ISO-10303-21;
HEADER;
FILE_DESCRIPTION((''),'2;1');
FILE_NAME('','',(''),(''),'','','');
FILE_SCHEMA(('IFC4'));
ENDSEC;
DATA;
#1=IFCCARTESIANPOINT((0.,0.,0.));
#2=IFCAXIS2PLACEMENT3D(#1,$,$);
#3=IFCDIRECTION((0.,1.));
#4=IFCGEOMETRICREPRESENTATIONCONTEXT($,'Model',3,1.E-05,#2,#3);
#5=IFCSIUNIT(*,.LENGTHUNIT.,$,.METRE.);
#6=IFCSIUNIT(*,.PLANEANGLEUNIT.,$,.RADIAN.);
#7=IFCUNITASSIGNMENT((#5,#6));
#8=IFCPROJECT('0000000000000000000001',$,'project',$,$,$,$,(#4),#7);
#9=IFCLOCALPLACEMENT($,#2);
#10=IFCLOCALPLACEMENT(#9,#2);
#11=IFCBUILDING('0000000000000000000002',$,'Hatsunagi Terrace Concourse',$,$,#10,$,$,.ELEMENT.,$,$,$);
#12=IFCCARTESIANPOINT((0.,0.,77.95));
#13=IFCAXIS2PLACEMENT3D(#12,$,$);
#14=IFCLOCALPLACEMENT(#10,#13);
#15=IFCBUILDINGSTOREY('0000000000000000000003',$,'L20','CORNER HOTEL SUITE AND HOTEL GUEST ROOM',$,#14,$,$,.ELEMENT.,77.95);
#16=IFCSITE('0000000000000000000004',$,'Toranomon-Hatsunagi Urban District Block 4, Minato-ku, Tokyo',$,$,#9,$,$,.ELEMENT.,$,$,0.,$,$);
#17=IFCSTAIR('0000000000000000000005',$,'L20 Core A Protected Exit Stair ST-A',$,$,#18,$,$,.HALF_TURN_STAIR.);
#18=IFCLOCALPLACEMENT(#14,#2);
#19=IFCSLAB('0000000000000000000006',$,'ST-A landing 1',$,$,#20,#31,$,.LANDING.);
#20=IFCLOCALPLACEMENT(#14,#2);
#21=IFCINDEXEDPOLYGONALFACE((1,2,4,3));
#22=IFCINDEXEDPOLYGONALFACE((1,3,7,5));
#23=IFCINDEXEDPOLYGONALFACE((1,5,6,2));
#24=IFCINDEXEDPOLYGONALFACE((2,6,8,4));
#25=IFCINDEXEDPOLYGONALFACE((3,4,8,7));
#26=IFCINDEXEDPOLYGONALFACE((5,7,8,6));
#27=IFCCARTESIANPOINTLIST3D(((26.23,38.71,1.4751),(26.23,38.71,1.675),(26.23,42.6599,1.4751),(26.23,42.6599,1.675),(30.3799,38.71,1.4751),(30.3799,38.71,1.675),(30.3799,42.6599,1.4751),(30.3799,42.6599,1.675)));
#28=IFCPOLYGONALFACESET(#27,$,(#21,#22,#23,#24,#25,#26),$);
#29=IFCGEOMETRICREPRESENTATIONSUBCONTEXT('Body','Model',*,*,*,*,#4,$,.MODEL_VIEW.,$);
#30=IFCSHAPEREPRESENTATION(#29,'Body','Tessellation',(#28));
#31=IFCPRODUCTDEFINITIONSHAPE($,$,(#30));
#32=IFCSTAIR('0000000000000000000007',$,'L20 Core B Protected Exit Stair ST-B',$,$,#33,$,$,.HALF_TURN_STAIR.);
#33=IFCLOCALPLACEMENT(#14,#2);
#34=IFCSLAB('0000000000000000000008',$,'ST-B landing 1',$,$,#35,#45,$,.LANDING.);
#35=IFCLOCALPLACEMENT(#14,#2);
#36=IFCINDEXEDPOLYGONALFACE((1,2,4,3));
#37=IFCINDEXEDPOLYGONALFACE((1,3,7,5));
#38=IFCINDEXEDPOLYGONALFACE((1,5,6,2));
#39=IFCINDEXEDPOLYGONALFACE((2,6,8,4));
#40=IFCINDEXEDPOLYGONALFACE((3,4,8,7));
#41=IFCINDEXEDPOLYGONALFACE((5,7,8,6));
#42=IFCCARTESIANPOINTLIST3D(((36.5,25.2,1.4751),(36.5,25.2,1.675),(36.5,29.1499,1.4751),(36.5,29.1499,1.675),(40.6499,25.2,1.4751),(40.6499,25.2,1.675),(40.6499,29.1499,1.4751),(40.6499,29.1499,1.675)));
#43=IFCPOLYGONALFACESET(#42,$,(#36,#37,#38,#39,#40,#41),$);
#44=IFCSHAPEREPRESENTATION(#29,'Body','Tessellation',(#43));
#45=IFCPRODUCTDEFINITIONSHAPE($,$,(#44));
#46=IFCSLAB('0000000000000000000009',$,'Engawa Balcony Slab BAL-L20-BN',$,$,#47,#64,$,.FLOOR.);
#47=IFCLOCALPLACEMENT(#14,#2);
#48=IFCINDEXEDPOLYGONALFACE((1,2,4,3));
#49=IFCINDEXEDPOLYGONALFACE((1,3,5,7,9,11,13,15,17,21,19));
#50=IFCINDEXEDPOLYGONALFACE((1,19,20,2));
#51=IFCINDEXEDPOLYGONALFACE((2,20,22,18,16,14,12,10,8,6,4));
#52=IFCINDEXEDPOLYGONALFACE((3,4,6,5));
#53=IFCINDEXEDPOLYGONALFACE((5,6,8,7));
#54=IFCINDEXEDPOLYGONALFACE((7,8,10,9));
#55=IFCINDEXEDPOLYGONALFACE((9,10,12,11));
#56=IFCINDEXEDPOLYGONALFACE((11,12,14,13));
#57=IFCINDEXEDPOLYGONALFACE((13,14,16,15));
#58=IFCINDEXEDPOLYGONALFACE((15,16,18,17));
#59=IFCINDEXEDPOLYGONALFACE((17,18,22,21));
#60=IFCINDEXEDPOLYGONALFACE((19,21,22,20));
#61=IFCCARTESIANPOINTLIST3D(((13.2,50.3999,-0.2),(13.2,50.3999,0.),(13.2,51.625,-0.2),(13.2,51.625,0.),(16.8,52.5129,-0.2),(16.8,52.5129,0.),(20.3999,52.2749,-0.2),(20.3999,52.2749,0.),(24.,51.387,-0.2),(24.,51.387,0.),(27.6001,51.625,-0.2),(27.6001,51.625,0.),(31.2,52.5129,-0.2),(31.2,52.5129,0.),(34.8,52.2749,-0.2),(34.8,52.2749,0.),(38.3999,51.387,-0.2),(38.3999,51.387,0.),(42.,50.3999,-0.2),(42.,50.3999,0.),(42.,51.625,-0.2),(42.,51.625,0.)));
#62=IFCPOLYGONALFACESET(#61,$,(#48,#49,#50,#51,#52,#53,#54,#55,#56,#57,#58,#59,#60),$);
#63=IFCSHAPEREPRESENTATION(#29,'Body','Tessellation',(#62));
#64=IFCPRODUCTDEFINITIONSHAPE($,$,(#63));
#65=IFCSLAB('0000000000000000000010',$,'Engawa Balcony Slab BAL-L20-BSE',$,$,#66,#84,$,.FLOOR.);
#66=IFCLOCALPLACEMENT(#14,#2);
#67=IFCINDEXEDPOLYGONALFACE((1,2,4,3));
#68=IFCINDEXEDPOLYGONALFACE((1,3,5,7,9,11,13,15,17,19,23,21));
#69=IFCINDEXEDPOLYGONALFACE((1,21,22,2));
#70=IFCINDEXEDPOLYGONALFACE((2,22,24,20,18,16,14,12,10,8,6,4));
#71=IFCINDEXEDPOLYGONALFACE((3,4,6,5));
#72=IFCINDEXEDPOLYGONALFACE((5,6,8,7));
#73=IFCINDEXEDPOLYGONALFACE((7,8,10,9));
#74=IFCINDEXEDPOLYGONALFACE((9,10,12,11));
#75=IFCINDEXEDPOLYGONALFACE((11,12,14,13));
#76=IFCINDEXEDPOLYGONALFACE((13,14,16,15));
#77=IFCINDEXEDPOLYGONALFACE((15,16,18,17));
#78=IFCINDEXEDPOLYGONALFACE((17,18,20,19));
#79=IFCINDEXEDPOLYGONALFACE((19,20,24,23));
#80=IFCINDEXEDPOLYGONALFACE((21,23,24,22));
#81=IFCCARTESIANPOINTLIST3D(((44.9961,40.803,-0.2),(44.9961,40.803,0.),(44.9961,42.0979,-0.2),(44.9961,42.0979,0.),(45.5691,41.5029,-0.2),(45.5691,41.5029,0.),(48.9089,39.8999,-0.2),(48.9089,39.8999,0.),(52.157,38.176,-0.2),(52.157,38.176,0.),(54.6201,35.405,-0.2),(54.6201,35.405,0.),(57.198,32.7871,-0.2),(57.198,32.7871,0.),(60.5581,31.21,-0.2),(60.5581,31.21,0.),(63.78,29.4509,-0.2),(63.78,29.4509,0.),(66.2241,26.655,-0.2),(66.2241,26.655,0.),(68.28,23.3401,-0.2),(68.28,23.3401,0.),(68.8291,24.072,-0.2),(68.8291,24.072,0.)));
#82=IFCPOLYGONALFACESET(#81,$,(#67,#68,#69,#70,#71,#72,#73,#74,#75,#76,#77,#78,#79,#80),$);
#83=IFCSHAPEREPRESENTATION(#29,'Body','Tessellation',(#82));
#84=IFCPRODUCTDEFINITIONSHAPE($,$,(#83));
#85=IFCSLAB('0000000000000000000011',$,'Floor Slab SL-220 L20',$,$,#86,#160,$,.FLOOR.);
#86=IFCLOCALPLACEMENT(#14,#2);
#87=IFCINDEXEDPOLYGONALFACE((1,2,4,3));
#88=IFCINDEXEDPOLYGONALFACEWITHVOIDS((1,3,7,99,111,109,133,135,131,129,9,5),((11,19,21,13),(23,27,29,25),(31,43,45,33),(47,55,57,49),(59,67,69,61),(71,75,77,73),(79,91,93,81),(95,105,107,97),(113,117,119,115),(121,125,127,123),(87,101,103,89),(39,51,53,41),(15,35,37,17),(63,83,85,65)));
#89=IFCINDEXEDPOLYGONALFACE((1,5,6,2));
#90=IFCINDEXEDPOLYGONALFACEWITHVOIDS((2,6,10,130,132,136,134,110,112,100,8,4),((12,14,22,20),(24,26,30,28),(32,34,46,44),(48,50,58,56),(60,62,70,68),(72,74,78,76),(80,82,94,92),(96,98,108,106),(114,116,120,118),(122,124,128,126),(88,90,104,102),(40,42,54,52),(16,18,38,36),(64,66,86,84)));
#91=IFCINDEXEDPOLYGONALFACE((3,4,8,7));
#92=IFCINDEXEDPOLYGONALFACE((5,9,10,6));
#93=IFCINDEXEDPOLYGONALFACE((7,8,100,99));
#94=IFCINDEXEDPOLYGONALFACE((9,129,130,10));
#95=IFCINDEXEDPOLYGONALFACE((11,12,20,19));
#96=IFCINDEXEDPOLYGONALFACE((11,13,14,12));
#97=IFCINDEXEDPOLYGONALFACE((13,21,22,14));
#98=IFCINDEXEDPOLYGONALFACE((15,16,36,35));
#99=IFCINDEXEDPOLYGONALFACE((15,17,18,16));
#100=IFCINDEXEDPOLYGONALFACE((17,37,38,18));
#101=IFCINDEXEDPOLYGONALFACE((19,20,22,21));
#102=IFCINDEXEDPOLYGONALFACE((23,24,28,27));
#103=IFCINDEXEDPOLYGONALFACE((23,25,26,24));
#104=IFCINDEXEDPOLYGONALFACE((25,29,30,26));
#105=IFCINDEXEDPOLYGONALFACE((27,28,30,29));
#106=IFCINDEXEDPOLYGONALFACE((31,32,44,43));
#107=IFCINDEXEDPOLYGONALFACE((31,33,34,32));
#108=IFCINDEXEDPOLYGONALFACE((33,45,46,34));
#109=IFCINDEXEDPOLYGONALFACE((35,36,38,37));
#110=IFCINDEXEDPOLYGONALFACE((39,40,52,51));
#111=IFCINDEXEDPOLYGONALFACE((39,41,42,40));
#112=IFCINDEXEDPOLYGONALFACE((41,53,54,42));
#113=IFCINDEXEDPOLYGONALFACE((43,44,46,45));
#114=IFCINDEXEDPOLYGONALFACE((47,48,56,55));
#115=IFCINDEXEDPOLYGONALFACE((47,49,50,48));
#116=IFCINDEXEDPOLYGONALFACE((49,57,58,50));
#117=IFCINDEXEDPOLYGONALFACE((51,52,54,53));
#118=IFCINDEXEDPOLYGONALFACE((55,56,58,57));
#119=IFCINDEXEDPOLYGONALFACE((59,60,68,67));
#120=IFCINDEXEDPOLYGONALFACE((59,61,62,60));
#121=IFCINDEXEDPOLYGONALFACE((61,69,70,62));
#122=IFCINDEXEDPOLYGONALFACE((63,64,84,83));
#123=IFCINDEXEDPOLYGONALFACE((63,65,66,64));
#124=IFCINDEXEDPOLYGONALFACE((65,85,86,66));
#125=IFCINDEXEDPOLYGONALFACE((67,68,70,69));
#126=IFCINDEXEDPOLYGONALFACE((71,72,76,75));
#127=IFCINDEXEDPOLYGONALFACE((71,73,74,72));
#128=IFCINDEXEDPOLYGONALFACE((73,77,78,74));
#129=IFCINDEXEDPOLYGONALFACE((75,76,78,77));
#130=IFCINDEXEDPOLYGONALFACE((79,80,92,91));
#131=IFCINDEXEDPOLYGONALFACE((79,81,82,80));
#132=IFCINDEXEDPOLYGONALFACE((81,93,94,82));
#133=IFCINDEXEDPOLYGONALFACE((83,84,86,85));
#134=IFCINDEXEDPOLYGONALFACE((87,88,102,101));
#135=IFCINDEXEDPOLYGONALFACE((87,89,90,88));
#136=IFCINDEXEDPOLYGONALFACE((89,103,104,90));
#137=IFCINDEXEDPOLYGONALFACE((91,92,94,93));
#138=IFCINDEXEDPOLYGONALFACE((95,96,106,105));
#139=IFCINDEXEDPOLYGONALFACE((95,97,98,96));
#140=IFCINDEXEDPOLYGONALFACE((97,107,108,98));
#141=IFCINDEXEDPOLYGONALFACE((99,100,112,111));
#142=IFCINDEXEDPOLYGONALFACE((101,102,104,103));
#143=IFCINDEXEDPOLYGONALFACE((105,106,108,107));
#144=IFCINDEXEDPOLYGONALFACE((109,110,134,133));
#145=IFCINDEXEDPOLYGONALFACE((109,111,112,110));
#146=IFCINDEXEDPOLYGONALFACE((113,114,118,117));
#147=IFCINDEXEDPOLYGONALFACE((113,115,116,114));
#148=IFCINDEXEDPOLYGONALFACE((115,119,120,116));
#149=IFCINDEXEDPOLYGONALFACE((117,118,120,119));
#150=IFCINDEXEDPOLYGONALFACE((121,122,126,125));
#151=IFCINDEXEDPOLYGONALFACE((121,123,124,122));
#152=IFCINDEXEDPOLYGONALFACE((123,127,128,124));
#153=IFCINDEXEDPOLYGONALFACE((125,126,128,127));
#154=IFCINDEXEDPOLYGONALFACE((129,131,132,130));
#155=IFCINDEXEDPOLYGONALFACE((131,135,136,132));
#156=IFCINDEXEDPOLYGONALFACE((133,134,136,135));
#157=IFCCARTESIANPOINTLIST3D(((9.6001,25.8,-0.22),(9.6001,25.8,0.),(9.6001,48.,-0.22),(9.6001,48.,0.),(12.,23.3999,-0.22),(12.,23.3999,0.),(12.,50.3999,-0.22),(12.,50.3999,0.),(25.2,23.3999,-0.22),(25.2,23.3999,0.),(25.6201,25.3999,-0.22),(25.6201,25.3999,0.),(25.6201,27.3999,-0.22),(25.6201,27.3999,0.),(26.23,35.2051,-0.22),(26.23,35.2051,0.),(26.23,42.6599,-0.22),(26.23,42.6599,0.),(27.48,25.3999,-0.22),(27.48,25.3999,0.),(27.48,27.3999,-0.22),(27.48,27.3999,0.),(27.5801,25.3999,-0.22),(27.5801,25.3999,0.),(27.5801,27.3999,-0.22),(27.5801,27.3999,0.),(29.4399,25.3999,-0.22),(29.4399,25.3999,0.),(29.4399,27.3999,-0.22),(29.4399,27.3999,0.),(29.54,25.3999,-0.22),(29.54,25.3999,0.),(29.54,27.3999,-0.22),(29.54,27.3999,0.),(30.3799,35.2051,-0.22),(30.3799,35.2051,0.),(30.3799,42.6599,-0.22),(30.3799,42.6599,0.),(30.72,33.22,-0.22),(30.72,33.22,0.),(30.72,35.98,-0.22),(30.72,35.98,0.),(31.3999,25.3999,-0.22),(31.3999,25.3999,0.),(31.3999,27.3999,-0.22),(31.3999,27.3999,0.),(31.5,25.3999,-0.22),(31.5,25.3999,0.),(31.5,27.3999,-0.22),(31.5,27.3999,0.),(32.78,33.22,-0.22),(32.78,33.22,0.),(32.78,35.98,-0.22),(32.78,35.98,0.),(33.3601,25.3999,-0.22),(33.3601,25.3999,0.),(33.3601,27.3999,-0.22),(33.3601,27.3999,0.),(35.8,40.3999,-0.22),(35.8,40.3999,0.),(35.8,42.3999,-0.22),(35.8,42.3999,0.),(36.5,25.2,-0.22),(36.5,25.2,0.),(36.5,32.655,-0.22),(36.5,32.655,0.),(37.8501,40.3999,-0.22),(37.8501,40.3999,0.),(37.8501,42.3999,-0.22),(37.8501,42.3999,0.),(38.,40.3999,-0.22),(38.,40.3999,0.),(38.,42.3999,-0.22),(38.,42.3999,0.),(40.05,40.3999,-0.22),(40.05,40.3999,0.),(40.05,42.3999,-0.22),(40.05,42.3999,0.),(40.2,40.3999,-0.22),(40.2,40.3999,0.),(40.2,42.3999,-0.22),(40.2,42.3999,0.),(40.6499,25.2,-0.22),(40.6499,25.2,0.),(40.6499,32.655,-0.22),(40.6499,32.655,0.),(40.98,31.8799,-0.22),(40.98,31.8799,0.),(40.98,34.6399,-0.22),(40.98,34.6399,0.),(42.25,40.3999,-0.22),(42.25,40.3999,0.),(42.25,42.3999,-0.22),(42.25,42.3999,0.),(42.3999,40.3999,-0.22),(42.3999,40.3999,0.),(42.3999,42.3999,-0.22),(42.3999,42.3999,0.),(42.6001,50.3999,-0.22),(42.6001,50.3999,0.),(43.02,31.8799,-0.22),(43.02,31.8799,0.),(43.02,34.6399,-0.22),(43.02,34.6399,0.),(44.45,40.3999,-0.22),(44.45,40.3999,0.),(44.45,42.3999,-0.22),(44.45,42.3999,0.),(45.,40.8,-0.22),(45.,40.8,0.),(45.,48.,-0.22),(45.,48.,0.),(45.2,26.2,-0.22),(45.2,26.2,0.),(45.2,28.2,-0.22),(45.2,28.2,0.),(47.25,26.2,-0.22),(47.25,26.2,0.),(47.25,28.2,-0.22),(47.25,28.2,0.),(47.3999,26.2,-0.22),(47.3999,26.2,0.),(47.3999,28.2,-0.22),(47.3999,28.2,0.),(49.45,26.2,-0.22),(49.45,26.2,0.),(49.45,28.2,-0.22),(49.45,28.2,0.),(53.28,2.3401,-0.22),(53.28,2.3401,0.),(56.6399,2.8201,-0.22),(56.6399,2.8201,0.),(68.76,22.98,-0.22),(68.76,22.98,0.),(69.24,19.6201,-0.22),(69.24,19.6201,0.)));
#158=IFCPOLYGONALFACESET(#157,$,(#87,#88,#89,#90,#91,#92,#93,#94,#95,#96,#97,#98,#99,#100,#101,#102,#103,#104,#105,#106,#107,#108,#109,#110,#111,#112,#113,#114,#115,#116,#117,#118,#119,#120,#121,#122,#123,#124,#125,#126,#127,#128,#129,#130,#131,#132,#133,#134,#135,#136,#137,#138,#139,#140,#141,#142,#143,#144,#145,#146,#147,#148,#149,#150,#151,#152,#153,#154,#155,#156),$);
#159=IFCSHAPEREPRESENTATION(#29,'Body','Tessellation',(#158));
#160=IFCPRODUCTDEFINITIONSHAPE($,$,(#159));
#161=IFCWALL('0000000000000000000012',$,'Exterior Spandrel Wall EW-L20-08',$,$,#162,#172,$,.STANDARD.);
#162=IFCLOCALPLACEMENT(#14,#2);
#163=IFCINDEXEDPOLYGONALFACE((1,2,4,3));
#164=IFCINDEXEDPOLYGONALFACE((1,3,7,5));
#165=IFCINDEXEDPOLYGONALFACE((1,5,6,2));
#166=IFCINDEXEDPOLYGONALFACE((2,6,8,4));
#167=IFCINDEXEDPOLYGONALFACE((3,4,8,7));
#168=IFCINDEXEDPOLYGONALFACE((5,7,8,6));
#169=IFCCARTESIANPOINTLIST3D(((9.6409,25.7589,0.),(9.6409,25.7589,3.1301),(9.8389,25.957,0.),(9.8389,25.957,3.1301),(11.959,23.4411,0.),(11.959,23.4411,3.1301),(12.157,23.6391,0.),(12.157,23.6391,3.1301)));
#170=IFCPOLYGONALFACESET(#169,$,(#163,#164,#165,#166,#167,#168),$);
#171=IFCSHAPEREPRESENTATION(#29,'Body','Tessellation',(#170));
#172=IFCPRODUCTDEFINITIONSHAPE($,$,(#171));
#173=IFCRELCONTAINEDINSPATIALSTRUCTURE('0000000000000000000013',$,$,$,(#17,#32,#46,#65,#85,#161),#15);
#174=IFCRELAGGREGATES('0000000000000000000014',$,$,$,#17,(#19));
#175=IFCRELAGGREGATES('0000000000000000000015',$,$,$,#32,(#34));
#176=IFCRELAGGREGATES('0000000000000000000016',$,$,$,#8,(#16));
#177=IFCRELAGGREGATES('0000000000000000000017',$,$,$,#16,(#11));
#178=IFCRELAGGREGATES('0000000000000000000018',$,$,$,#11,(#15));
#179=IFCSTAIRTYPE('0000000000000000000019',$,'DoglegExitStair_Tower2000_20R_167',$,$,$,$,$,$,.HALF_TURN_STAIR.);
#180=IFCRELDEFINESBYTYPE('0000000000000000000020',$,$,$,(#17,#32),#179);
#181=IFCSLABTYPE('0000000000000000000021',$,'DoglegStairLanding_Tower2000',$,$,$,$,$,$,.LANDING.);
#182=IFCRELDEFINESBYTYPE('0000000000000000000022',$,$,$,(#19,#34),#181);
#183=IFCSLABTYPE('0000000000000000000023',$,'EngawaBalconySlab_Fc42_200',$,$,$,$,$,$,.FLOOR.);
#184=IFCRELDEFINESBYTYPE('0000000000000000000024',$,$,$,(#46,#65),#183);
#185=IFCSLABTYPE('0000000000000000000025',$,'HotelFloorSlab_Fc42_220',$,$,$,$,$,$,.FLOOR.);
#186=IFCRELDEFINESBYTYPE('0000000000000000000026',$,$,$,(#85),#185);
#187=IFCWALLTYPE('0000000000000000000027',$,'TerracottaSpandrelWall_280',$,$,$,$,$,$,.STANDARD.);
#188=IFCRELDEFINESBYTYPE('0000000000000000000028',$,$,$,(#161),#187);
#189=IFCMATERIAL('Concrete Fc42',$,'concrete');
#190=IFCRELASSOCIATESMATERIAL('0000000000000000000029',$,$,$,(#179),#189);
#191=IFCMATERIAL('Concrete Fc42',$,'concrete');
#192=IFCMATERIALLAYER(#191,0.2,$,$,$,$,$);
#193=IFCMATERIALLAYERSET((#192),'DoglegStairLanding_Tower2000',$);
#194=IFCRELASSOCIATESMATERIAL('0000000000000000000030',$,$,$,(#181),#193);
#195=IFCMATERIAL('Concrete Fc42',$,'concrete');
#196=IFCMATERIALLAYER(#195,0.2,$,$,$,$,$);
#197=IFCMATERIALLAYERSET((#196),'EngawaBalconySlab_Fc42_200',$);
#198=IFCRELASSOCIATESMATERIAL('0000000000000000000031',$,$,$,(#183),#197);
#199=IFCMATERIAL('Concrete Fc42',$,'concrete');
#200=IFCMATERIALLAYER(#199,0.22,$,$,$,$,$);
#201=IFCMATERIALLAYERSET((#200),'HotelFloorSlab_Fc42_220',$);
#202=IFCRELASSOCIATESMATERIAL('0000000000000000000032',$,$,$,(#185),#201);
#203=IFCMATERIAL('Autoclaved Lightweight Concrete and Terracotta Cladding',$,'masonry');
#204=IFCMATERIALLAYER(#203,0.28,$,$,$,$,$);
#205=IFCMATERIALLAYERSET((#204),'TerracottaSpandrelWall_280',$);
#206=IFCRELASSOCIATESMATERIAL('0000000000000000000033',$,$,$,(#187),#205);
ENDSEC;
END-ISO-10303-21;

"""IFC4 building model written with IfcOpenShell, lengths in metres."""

from ifc_helpers import new_model, si_unit, direction, frame, frame_2d, origin, place, context, subcontext, project, spatial, polyline, rectangle, outline, extrude, material, layer, layer_set, type_object, element, aggregate, save


model = new_model("IFC4")

# Units and contexts
model_context = context("Model", 3, precision=1e-05, world=origin(), true_north=direction((0.0, 1.0)))
body_context = subcontext(model_context, "Body", "Model", "MODEL_VIEW")
ifc_project = project(units=[si_unit("LENGTHUNIT", "METRE"), si_unit("PLANEANGLEUNIT", "RADIAN")], contexts=[model_context])

# Site, building, storey
site_placement = place(None, origin())
site = spatial("IfcSite", under=ifc_project, at=site_placement, Name="Toranomon-Hatsunagi Urban District Block 4, Minato-ku, Tokyo", CompositionType="ELEMENT", RefElevation=0.0)
building_placement = place(site_placement, origin())
building = spatial("IfcBuilding", under=site, at=building_placement, Name="Hatsunagi Terrace Concourse", CompositionType="ELEMENT")
storey_placement = place(building_placement, frame((0.0, 0.0, 77.95)))
storey = spatial("IfcBuildingStorey", under=building, at=storey_placement, Name="L20", Description="CORNER HOTEL SUITE AND HOTEL GUEST ROOM", CompositionType="ELEMENT", Elevation=77.95)

# Stairs, slabs
ifc_material_1 = material(Name="Concrete Fc42", Category="concrete")
stair_type = type_object("IfcStairType", Name="DoglegExitStair_Tower2000_20R_167", PredefinedType="HALF_TURN_STAIR", material=ifc_material_1)
stair_1_placement = place(storey_placement, origin())
stair_1 = element("IfcStair", 1, at=stair_1_placement, inside=storey, type_object=stair_type, Name="L20 Core A Protected Exit Stair ST-A", PredefinedType="HALF_TURN_STAIR")
ifc_material_2 = material(Name="Concrete Fc42", Category="concrete")
ifc_layer_1 = layer(ifc_material_2, 0.2)
ifc_layer_set_1 = layer_set([ifc_layer_1], Name="DoglegStairLanding_Tower2000")
slab_type_1 = type_object("IfcSlabType", Name="DoglegStairLanding_Tower2000", PredefinedType="LANDING", material=ifc_layer_set_1)
slab_1_placement = place(storey_placement, frame((0.0, 0.0, 1.4751)))
slab_1 = element("IfcSlab", 2, at=slab_1_placement, type_object=slab_type_1, Name="ST-A landing 1", PredefinedType="LANDING", context=body_context, shape_type="SweptSolid", body=[
    extrude(outline(polyline([(30.3799, 38.71), (30.3799, 42.6599), (26.23, 42.6599), (26.23, 38.71), (30.3799, 38.71)])), origin(), (0.0, 0.0, 1.0), 0.2),
])
aggregate(stair_1, [slab_1])
stair_2_placement = place(storey_placement, origin())
stair_2 = element("IfcStair", 3, at=stair_2_placement, inside=storey, type_object=stair_type, Name="L20 Core B Protected Exit Stair ST-B", PredefinedType="HALF_TURN_STAIR")
slab_2_placement = place(storey_placement, frame((0.0, 0.0, 1.4751)))
slab_2 = element("IfcSlab", 4, at=slab_2_placement, type_object=slab_type_1, Name="ST-B landing 1", PredefinedType="LANDING", context=body_context, shape_type="SweptSolid", body=[
    extrude(outline(polyline([(36.5, 29.1499), (36.5, 25.2), (40.6499, 25.2), (40.6499, 29.1499), (36.5, 29.1499)])), origin(), (0.0, 0.0, 1.0), 0.2),
])
aggregate(stair_2, [slab_2])

# Slabs
ifc_material_3 = material(Name="Concrete Fc42", Category="concrete")
ifc_layer_2 = layer(ifc_material_3, 0.2)
ifc_layer_set_2 = layer_set([ifc_layer_2], Name="EngawaBalconySlab_Fc42_200")
slab_type_2 = type_object("IfcSlabType", Name="EngawaBalconySlab_Fc42_200", PredefinedType="FLOOR", material=ifc_layer_set_2)
slab_3_placement = place(storey_placement, frame((0.0, 0.0, -0.2)))
element("IfcSlab", 5, at=slab_3_placement, inside=storey, type_object=slab_type_2, Name="Engawa Balcony Slab BAL-L20-BN", PredefinedType="FLOOR", context=body_context, shape_type="SweptSolid", body=[
    extrude(outline(polyline([(13.2, 51.625), (13.2, 50.3999), (42.0, 50.3999), (42.0, 51.625), (38.3999, 51.387), (34.8, 52.2749), (31.2, 52.5129), (27.6001, 51.625), (24.0, 51.387), (20.3999, 52.2749), (16.8, 52.5129), (13.2, 51.625)])), origin(), (0.0, 0.0, 1.0), 0.2),
])
slab_4_placement = place(storey_placement, frame((0.0, 0.0, -0.2)))
element("IfcSlab", 6, at=slab_4_placement, inside=storey, type_object=slab_type_2, Name="Engawa Balcony Slab BAL-L20-BSE", PredefinedType="FLOOR", context=body_context, shape_type="SweptSolid", body=[
    extrude(outline(polyline([(45.5691, 41.5029), (44.9961, 42.0979), (44.9961, 40.803), (68.28, 23.3401), (68.8291, 24.072), (66.2241, 26.655), (63.78, 29.4509), (60.5581, 31.21), (57.198, 32.7871), (54.6201, 35.405), (52.157, 38.176), (48.9089, 39.8999), (45.5691, 41.5029)])), origin(), (0.0, 0.0, 1.0), 0.2),
])
ifc_material_4 = material(Name="Concrete Fc42", Category="concrete")
ifc_layer_3 = layer(ifc_material_4, 0.22)
ifc_layer_set_3 = layer_set([ifc_layer_3], Name="HotelFloorSlab_Fc42_220")
slab_type_3 = type_object("IfcSlabType", Name="HotelFloorSlab_Fc42_220", PredefinedType="FLOOR", material=ifc_layer_set_3)
slab_5_placement = place(storey_placement, frame((0.0, 0.0, -0.22)))
element("IfcSlab", 7, at=slab_5_placement, inside=storey, type_object=slab_type_3, Name="Floor Slab SL-220 L20", PredefinedType="FLOOR", context=body_context, shape_type="SweptSolid", body=[
    extrude(outline(polyline([(45.0, 40.8), (45.0, 48.0), (42.6001, 50.3999), (12.0, 50.3999), (9.6001, 48.0), (9.6001, 25.8), (12.0, 23.3999), (25.2, 23.3999), (53.28, 2.3401), (56.6399, 2.8201), (69.24, 19.6201), (68.76, 22.98), (45.0, 40.8)]), holes=[polyline([(26.23, 35.2051), (30.3799, 35.2051), (30.3799, 42.6599), (26.23, 42.6599), (26.23, 35.2051)]), polyline([(36.5, 25.2), (40.6499, 25.2), (40.6499, 32.655), (36.5, 32.655), (36.5, 25.2)]), polyline([(30.72, 33.22), (32.78, 33.22), (32.78, 35.98), (30.72, 35.98), (30.72, 33.22)]), polyline([(40.98, 31.8799), (43.02, 31.8799), (43.02, 34.6399), (40.98, 34.6399), (40.98, 31.8799)]), polyline([(25.6201, 25.3999), (27.48, 25.3999), (27.48, 27.3999), (25.6201, 27.3999), (25.6201, 25.3999)]), polyline([(27.5801, 25.3999), (29.4399, 25.3999), (29.4399, 27.3999), (27.5801, 27.3999), (27.5801, 25.3999)]), polyline([(29.54, 25.3999), (31.3999, 25.3999), (31.3999, 27.3999), (29.54, 27.3999), (29.54, 25.3999)]), polyline([(31.5, 25.3999), (33.3601, 25.3999), (33.3601, 27.3999), (31.5, 27.3999), (31.5, 25.3999)]), polyline([(35.8, 40.3999), (37.8501, 40.3999), (37.8501, 42.3999), (35.8, 42.3999), (35.8, 40.3999)]), polyline([(38.0, 40.3999), (40.05, 40.3999), (40.05, 42.3999), (38.0, 42.3999), (38.0, 40.3999)]), polyline([(40.2, 40.3999), (42.25, 40.3999), (42.25, 42.3999), (40.2, 42.3999), (40.2, 40.3999)]), polyline([(42.3999, 40.3999), (44.45, 40.3999), (44.45, 42.3999), (42.3999, 42.3999), (42.3999, 40.3999)]), polyline([(45.2, 26.2), (47.25, 26.2), (47.25, 28.2), (45.2, 28.2), (45.2, 26.2)]), polyline([(47.3999, 26.2), (49.45, 26.2), (49.45, 28.2), (47.3999, 28.2), (47.3999, 26.2)])]), origin(), (0.0, 0.0, 1.0), 0.22),
])

# Wall
ifc_material_5 = material(Name="Autoclaved Lightweight Concrete and Terracotta Cladding", Category="masonry")
ifc_layer_4 = layer(ifc_material_5, 0.28)
ifc_layer_set_4 = layer_set([ifc_layer_4], Name="TerracottaSpandrelWall_280")
wall_type = type_object("IfcWallType", Name="TerracottaSpandrelWall_280", PredefinedType="STANDARD", material=ifc_layer_set_4)
wall_placement = place(storey_placement, frame((12.0581, 23.54, 0.0), z_axis=(0.0, 0.0, 1.0), x_axis=(-0.707144, 0.70707, 0.0)))
element("IfcWall", 8, at=wall_placement, inside=storey, type_object=wall_type, Name="Exterior Spandrel Wall EW-L20-08", PredefinedType="STANDARD", context=body_context, shape_type="SweptSolid", body=[
    extrude(rectangle(XDim=3.2781, YDim=0.28, at=frame_2d((1.6392, 0.0))), origin(), (0.0, 0.0, 1.0), 3.1301),
])

save(model, "model.ifc")
